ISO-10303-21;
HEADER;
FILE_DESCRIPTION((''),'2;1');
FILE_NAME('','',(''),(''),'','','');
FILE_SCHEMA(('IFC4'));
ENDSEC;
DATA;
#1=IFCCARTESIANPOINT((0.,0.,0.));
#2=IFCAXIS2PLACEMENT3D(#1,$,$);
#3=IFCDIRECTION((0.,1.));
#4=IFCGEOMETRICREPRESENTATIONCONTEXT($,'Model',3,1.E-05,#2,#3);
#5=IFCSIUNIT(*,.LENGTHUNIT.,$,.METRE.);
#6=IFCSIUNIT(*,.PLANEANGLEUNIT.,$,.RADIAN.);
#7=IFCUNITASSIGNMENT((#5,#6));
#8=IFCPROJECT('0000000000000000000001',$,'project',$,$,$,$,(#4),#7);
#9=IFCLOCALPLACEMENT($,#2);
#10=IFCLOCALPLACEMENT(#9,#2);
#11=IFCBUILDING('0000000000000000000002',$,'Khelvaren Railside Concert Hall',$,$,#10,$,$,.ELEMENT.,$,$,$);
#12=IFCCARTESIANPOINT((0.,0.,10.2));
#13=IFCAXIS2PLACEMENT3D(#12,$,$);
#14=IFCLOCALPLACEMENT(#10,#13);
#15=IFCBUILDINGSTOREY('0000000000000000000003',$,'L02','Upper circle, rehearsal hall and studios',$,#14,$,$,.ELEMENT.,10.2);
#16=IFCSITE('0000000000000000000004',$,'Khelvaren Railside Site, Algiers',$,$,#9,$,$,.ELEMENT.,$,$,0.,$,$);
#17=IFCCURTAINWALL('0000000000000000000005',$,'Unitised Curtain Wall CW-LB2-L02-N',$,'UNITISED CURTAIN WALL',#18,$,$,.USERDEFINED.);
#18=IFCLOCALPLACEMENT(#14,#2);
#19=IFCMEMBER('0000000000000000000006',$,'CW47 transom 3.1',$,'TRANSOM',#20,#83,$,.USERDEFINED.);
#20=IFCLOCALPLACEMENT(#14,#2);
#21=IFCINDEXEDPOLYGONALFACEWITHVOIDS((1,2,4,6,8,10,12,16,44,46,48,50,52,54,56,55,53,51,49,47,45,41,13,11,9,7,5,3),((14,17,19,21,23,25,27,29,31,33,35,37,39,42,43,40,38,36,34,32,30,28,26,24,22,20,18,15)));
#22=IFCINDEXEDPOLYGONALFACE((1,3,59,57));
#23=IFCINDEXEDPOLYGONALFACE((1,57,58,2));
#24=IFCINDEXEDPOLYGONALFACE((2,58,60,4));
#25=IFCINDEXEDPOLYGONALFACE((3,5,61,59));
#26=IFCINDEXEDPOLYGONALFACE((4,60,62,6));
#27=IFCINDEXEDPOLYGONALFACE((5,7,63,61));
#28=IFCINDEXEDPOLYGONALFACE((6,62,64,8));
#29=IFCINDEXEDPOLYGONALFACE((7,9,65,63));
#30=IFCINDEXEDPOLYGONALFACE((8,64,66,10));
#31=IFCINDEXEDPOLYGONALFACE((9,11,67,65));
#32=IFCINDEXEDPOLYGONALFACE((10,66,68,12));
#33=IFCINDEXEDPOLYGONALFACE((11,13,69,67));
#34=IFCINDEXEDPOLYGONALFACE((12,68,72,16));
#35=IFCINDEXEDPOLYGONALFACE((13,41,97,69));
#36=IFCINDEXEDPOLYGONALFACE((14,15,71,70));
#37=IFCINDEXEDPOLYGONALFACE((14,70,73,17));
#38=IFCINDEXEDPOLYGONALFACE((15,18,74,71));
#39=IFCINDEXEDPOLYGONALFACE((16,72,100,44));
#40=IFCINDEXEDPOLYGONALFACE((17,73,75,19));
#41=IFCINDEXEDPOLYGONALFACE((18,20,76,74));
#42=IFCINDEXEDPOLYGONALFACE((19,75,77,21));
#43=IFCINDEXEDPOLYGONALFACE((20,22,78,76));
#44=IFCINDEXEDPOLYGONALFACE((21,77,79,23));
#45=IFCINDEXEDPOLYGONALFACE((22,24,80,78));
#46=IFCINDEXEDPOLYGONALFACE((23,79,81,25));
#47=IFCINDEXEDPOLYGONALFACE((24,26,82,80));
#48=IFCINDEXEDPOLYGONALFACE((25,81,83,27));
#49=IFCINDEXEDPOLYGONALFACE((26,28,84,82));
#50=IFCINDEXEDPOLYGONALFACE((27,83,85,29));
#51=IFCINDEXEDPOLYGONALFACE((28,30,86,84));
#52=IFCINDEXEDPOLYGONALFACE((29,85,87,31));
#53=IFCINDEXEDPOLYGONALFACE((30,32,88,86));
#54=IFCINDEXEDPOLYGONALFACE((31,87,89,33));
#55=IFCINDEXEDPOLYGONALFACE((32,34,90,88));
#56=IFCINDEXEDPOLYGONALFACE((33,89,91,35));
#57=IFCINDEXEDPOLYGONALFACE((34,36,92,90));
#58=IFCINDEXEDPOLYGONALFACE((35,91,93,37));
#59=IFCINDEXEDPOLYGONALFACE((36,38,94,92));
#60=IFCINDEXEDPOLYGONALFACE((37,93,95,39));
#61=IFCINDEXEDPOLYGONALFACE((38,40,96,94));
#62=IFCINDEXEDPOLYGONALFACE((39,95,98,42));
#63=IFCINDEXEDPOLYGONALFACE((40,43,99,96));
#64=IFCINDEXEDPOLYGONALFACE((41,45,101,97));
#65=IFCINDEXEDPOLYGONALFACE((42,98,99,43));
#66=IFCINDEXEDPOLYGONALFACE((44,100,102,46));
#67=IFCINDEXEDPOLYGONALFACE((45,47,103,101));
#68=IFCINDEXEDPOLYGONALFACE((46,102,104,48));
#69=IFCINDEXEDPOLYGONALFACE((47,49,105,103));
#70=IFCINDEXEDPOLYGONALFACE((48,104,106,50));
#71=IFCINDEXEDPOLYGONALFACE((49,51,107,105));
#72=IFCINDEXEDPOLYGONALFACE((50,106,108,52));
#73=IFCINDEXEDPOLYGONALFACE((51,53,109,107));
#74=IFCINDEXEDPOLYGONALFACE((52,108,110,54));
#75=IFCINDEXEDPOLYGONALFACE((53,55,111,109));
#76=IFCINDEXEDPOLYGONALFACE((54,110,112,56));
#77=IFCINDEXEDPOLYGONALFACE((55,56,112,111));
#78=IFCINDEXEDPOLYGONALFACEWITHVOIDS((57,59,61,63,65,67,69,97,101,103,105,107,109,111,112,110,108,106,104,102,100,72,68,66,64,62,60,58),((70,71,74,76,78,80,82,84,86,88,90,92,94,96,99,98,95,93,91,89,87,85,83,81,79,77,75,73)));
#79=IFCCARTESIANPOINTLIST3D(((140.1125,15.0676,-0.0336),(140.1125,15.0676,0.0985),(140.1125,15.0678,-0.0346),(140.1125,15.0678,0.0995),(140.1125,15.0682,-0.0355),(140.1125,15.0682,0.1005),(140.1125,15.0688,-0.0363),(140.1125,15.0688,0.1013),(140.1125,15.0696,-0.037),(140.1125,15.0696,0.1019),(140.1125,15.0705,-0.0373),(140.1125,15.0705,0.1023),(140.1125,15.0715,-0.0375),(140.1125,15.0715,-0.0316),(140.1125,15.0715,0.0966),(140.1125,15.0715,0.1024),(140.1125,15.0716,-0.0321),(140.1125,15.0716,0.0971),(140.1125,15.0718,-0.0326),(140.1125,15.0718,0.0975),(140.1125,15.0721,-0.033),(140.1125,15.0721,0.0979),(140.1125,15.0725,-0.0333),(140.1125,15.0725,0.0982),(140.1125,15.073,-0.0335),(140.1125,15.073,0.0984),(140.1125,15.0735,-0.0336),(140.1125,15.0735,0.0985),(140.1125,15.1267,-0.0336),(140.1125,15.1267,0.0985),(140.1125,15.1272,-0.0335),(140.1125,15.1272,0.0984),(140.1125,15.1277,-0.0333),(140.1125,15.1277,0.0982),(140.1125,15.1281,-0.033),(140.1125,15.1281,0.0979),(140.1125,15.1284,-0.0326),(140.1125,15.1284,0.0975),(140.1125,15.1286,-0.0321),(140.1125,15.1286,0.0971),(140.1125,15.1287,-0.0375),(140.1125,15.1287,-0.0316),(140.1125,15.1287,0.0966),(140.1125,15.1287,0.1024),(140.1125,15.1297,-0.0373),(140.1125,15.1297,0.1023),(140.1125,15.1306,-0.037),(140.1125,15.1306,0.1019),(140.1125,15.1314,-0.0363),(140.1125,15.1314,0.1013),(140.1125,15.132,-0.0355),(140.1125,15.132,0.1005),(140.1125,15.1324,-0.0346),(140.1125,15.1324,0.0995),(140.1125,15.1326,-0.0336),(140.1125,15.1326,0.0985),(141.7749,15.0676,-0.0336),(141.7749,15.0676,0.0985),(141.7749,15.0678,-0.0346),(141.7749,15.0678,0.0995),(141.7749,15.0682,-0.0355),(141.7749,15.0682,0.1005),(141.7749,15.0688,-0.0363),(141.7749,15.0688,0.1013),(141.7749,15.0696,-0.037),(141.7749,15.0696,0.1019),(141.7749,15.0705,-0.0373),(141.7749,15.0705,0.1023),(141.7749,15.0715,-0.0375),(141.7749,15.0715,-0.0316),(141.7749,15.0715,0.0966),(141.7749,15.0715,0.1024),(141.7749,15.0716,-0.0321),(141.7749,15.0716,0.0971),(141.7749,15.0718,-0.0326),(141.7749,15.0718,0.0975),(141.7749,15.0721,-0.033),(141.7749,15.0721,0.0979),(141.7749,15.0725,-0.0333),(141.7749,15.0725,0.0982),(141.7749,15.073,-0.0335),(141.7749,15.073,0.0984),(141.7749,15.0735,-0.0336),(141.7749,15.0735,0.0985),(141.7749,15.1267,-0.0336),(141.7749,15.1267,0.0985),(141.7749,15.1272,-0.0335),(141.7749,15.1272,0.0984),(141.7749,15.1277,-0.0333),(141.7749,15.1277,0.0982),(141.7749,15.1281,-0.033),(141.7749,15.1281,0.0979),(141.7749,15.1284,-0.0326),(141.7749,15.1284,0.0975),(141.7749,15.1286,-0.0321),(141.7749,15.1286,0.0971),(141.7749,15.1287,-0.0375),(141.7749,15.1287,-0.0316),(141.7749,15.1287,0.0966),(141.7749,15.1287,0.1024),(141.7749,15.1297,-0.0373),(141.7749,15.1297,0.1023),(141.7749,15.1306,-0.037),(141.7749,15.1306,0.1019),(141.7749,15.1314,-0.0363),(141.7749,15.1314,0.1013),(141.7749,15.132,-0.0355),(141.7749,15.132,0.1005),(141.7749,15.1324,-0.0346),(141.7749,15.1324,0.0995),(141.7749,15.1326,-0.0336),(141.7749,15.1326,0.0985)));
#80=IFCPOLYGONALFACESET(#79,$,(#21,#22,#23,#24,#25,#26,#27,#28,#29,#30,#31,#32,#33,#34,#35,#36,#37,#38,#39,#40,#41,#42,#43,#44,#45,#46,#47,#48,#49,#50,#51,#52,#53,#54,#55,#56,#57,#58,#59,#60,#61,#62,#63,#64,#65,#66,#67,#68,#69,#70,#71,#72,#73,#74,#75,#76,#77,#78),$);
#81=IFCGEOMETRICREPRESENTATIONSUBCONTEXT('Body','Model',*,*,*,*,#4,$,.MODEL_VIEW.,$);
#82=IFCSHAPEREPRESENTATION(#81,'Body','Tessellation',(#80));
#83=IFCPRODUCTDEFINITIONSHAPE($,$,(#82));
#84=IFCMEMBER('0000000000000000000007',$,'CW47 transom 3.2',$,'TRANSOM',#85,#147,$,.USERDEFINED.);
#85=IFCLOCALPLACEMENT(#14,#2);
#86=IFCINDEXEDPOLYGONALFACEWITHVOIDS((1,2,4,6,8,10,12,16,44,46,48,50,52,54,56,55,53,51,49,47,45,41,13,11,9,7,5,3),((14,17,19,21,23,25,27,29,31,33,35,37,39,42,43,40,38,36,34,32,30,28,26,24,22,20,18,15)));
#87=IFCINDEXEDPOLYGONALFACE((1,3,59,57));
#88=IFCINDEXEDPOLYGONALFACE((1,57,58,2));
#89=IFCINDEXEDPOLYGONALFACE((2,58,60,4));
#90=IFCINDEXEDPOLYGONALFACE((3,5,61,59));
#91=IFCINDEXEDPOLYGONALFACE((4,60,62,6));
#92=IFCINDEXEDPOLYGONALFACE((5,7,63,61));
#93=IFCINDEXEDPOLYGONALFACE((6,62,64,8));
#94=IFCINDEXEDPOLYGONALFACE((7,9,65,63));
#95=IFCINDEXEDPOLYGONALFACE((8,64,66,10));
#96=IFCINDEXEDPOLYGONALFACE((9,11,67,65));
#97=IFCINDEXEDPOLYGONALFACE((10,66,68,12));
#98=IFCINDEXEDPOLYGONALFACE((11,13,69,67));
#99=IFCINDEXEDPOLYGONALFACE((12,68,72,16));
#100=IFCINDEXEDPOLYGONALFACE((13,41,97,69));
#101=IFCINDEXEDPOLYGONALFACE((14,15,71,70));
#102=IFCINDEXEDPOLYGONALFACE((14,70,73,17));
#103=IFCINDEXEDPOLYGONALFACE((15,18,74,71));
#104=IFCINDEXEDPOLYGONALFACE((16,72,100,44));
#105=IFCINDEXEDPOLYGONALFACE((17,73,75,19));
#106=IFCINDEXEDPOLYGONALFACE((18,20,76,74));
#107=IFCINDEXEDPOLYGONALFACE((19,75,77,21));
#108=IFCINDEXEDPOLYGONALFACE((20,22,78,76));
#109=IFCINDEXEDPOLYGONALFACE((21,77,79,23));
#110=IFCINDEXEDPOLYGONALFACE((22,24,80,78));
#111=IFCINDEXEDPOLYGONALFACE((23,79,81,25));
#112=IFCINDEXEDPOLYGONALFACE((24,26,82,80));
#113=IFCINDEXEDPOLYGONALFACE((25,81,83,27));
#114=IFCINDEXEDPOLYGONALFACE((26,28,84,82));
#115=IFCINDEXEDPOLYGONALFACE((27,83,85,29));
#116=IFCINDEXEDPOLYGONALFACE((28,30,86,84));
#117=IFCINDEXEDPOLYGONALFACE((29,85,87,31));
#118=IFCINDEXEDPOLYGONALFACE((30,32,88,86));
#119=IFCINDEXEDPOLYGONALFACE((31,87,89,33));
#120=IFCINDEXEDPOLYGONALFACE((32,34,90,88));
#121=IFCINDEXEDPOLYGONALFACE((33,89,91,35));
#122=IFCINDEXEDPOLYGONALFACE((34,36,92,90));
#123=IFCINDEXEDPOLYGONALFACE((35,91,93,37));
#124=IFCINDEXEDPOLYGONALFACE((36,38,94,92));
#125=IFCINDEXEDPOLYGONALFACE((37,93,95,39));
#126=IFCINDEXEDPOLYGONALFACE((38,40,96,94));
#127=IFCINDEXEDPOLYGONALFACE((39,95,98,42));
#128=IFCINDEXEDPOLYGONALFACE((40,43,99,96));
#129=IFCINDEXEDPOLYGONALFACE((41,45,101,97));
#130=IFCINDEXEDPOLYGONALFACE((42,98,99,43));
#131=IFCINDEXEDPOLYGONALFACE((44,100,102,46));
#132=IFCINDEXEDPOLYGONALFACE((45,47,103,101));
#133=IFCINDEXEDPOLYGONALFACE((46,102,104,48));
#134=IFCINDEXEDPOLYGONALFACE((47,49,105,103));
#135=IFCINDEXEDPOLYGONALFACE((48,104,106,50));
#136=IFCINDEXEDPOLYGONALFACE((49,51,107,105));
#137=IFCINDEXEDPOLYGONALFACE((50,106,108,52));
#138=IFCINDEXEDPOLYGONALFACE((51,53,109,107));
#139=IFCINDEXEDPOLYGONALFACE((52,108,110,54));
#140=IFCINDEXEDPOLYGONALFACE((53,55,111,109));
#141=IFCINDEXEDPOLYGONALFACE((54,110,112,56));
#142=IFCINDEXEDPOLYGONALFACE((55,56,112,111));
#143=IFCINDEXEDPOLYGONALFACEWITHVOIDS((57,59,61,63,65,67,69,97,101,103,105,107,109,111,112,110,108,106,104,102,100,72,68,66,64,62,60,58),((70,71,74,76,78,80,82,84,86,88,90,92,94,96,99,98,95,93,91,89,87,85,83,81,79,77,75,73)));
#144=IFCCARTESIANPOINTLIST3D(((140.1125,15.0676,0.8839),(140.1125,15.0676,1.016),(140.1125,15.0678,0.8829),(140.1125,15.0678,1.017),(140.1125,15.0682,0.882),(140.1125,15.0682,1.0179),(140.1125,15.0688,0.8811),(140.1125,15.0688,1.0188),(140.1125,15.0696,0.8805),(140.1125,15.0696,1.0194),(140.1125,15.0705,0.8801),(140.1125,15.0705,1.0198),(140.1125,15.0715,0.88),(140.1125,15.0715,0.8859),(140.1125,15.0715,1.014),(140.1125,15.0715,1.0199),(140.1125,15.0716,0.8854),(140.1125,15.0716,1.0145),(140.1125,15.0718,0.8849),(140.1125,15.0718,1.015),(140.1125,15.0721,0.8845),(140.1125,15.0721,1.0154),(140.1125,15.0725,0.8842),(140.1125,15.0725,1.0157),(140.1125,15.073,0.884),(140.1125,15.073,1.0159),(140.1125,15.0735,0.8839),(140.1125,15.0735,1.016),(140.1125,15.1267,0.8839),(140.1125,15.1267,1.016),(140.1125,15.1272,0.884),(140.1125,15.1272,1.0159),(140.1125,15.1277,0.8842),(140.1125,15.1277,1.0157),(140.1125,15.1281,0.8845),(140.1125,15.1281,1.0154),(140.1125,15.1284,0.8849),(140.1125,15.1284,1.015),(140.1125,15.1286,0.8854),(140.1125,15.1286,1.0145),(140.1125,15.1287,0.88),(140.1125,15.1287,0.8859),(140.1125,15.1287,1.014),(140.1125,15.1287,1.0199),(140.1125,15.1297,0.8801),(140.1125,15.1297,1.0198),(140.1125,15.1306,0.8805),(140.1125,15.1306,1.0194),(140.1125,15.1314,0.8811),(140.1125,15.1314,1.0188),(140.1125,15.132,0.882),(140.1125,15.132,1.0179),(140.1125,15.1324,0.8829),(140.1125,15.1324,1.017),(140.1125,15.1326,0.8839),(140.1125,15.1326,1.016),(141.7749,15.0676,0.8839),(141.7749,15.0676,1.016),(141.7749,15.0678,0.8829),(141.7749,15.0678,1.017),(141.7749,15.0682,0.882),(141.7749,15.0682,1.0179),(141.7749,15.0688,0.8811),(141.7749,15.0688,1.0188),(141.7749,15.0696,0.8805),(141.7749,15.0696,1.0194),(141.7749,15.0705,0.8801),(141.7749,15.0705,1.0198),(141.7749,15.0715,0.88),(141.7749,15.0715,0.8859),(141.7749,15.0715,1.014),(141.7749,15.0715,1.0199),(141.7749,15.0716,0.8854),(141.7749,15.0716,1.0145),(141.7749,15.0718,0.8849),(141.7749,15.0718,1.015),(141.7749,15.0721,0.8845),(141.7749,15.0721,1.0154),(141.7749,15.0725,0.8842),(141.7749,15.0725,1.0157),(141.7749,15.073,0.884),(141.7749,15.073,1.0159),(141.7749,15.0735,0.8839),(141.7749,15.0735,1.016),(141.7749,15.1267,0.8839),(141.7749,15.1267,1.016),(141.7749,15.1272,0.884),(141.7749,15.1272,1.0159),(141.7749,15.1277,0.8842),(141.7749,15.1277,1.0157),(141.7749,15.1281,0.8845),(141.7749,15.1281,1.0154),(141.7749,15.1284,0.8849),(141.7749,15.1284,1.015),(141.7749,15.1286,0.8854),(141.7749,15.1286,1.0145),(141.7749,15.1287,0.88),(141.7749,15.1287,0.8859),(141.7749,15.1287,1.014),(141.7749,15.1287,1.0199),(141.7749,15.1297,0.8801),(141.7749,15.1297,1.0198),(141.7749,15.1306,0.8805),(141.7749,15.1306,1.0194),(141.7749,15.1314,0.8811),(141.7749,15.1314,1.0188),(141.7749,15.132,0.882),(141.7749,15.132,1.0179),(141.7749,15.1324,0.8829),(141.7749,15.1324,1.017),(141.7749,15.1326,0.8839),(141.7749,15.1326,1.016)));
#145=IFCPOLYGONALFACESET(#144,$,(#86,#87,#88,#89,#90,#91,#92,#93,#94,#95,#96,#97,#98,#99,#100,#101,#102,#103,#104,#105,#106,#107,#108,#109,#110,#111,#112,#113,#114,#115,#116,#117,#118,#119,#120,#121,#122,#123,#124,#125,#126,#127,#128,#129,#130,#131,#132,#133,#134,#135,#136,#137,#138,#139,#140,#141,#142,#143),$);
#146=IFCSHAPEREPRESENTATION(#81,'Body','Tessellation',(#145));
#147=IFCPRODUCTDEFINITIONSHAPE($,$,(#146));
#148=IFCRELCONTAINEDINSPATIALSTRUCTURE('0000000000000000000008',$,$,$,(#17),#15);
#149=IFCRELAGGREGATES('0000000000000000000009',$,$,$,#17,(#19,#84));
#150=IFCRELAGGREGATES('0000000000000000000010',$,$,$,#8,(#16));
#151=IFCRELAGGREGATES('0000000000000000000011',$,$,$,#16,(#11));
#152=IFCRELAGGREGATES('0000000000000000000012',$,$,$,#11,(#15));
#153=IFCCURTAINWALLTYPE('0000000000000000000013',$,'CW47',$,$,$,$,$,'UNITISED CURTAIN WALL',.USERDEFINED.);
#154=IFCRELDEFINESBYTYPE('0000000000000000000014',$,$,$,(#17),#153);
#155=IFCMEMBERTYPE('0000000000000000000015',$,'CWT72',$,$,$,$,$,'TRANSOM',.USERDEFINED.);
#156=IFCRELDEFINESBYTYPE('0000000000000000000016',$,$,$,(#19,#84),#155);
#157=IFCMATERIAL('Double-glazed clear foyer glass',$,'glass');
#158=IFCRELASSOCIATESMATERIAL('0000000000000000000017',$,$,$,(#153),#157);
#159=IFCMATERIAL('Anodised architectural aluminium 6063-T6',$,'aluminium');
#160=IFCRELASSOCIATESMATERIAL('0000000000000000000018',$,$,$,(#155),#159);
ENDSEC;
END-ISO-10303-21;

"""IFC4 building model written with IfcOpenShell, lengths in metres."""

from ifc_helpers import new_model, si_unit, direction, frame, origin, origin_2d, place, context, subcontext, project, spatial, hollow_rectangle, extrude, material, material_profile, profile_set, type_object, element, aggregate, save


model = new_model("IFC4")

# Units and contexts
model_context = context("Model", 3, precision=1e-05, world=origin(), true_north=direction((0.0, 1.0)))
body_context = subcontext(model_context, "Body", "Model", "MODEL_VIEW")
ifc_project = project(units=[si_unit("LENGTHUNIT", "METRE"), si_unit("PLANEANGLEUNIT", "RADIAN")], contexts=[model_context])

# Site, building, storey
site_placement = place(None, origin())
site = spatial("IfcSite", under=ifc_project, at=site_placement, Name="Khelvaren Railside Site, Algiers", CompositionType="ELEMENT", RefElevation=0.0)
building_placement = place(site_placement, origin())
building = spatial("IfcBuilding", under=site, at=building_placement, Name="Khelvaren Railside Concert Hall", CompositionType="ELEMENT")
storey_placement = place(building_placement, frame((0.0, 0.0, 10.2)))
storey = spatial("IfcBuildingStorey", under=building, at=storey_placement, Name="L02", Description="Upper circle, rehearsal hall and studios", CompositionType="ELEMENT", Elevation=10.2)

# Curtain wall
ifc_material_1 = material(Name="Double-glazed clear foyer glass", Category="glass")
curtain_wall_type = type_object("IfcCurtainWallType", Name="CW47", ElementType="UNITISED CURTAIN WALL", PredefinedType="USERDEFINED", material=ifc_material_1)
ifc_material_2 = material(Name="Anodised architectural aluminium 6063-T6", Category="aluminium")
curtain_wall_1_placement = place(storey_placement, origin())
curtain_wall_1 = element("IfcCurtainWall", 1, at=curtain_wall_1_placement, inside=storey, type_object=curtain_wall_type, Name="Unitised Curtain Wall CW-LB2-L02-N", ObjectType="UNITISED CURTAIN WALL", PredefinedType="USERDEFINED")

# Members
ifc_material_profile_1 = material_profile(ifc_material_2, hollow_rectangle(XDim=0.0649, YDim=0.1399, WallThickness=0.0039, InnerFilletRadius=0.002, OuterFilletRadius=0.0039, at=origin_2d()), Name="CWT 65x140x4")
ifc_profile_set_1 = profile_set([ifc_material_profile_1], Name="Anodised architectural aluminium 6063-T6")
member_type_1 = type_object("IfcMemberType", Name="CWT72", ElementType="TRANSOM", PredefinedType="USERDEFINED", material=ifc_profile_set_1)
member_1_placement = place(storey_placement, frame((140.1125, 15.1001, 0.0325), z_axis=(1.0, 0.0, 0.0), x_axis=(0.0, 1.0, 0.0)))
member_1 = element("IfcMember", 2, at=member_1_placement, type_object=member_type_1, Name="CW47 transom 3.1", ObjectType="TRANSOM", PredefinedType="USERDEFINED", context=body_context, shape_type="SweptSolid", body=[
    extrude(hollow_rectangle(XDim=0.0649, YDim=0.1399, WallThickness=0.0039, InnerFilletRadius=0.002, OuterFilletRadius=0.0039, at=origin_2d()), origin(), (0.0, 0.0, 1.0), 1.6624),
])
member_2_placement = place(storey_placement, frame((140.1125, 15.1001, 0.95), z_axis=(1.0, 0.0, 0.0), x_axis=(0.0, 1.0, 0.0)))
member_2 = element("IfcMember", 3, at=member_2_placement, type_object=member_type_1, Name="CW47 transom 3.2", ObjectType="TRANSOM", PredefinedType="USERDEFINED", context=body_context, shape_type="SweptSolid", body=[
    extrude(hollow_rectangle(XDim=0.0649, YDim=0.1399, WallThickness=0.0039, InnerFilletRadius=0.002, OuterFilletRadius=0.0039, at=origin_2d()), origin(), (0.0, 0.0, 1.0), 1.6624),
])

aggregate(curtain_wall_1, [member_1, member_2])

save(model, "model.ifc")
